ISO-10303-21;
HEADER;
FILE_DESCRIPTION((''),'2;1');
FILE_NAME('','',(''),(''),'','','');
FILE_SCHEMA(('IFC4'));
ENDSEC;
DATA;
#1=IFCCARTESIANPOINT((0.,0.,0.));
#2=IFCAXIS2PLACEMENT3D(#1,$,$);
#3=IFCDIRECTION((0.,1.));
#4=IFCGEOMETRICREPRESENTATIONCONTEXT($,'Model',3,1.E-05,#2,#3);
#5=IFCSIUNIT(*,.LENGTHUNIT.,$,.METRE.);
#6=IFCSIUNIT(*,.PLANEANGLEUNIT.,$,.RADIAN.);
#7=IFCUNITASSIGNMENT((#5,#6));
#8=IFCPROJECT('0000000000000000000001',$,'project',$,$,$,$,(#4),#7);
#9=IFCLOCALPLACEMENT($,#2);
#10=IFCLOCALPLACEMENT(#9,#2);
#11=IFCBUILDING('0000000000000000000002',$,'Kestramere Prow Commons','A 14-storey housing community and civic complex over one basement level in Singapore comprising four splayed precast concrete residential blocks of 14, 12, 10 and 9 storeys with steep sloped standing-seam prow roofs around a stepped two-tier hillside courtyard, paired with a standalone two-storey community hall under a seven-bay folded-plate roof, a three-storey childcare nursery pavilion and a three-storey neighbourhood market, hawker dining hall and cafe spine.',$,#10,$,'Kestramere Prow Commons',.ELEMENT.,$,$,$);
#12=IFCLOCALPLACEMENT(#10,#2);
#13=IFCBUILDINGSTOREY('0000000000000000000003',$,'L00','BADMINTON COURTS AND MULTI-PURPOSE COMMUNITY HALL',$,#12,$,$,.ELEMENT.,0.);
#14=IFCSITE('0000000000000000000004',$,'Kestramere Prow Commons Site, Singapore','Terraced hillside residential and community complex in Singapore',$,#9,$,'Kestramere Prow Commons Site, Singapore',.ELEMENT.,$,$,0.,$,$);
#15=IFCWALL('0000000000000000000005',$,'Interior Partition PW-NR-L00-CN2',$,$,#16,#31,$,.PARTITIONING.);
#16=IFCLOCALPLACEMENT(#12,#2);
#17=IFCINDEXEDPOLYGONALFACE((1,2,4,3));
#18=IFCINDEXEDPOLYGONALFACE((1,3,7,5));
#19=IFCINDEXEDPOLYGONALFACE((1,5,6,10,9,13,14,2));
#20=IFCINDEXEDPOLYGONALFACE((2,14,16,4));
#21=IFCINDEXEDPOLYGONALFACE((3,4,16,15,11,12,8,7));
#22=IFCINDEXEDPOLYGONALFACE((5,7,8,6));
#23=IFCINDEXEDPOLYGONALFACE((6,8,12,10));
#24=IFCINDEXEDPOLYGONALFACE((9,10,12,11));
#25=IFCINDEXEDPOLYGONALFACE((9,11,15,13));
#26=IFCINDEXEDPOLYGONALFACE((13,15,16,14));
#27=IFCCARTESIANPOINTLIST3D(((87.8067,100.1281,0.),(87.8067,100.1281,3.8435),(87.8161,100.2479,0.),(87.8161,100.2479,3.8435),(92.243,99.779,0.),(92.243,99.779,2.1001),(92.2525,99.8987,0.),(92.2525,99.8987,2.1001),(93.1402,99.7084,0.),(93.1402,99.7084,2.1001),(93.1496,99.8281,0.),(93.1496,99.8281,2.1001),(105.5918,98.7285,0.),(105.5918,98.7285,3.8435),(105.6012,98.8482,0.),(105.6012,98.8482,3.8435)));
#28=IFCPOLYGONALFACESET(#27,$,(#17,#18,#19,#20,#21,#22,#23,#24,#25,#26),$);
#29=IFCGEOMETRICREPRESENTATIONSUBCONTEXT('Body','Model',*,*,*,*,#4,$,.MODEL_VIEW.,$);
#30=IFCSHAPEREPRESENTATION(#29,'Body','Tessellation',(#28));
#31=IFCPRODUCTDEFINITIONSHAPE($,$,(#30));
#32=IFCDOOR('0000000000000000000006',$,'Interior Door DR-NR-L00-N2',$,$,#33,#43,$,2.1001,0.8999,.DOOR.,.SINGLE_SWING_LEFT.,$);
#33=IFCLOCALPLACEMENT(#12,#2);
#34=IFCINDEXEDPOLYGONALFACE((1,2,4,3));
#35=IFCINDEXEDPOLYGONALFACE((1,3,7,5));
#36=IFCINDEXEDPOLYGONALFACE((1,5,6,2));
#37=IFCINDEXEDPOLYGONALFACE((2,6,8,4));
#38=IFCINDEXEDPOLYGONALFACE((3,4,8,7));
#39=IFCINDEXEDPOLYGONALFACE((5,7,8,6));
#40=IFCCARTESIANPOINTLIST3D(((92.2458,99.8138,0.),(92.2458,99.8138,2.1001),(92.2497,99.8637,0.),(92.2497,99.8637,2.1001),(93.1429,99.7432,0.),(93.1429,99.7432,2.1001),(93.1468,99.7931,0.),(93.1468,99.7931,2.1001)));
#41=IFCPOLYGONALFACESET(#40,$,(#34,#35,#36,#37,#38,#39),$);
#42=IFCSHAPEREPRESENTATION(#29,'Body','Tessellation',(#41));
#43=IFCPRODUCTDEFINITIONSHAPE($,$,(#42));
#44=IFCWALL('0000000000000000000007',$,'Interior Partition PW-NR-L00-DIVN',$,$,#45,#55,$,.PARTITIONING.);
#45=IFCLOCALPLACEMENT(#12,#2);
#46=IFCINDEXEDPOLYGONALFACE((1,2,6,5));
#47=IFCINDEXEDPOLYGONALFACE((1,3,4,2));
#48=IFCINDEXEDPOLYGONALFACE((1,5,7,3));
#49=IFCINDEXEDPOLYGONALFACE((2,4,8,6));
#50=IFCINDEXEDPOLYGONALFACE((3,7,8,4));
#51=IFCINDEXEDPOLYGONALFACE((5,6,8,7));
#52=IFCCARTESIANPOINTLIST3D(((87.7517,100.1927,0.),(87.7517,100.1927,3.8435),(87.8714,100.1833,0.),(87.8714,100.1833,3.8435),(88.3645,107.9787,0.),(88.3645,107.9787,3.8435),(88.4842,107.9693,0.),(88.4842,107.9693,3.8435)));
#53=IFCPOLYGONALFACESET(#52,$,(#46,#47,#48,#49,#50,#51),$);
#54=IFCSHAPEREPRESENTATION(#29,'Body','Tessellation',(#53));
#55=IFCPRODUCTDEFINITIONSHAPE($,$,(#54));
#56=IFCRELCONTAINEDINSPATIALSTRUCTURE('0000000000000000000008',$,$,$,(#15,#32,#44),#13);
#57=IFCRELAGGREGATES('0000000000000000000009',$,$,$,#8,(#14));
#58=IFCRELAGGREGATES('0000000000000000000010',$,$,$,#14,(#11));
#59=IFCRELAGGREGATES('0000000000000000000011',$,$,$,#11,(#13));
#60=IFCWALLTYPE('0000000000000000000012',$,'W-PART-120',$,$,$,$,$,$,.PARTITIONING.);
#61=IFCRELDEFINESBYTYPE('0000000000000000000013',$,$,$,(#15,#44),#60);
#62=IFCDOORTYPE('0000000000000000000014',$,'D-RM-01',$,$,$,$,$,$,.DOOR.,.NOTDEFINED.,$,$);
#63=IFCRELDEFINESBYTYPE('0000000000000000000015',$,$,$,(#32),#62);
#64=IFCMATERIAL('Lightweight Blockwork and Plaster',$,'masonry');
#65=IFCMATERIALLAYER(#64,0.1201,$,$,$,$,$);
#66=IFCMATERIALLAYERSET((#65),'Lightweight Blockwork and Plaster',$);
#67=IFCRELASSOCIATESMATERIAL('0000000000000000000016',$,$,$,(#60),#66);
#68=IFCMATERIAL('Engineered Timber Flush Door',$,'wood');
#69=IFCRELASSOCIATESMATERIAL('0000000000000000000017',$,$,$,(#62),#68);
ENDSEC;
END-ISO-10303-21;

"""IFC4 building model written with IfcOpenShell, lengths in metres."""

from ifc_helpers import new_model, si_unit, direction, frame, frame_2d, origin, place, context, subcontext, project, spatial, rectangle, extrude, material, layer, layer_set, type_object, element, fill, save


model = new_model("IFC4")

# Units and contexts
model_context = context("Model", 3, precision=1e-05, world=origin(), true_north=direction((0.0, 1.0)))
body_context = subcontext(model_context, "Body", "Model", "MODEL_VIEW")
ifc_project = project(units=[si_unit("LENGTHUNIT", "METRE"), si_unit("PLANEANGLEUNIT", "RADIAN")], contexts=[model_context])

# Site, building, storey
site_placement = place(None, origin())
site = spatial("IfcSite", under=ifc_project, at=site_placement, Name="Kestramere Prow Commons Site, Singapore", Description="Terraced hillside residential and community complex in Singapore", LongName="Kestramere Prow Commons Site, Singapore", CompositionType="ELEMENT", RefElevation=0.0)
building_placement = place(site_placement, origin())
building = spatial("IfcBuilding", under=site, at=building_placement, Name="Kestramere Prow Commons", Description="A 14-storey housing community and civic complex over one basement level in Singapore comprising four splayed precast concrete residential blocks of 14, 12, 10 and 9 storeys with steep sloped standing-seam prow roofs around a stepped two-tier hillside courtyard, paired with a standalone two-storey community hall under a seven-bay folded-plate roof, a three-storey childcare nursery pavilion and a three-storey neighbourhood market, hawker dining hall and cafe spine.", LongName="Kestramere Prow Commons", CompositionType="ELEMENT")
storey_placement = place(building_placement, origin())
storey = spatial("IfcBuildingStorey", under=building, at=storey_placement, Name="L00", Description="BADMINTON COURTS AND MULTI-PURPOSE COMMUNITY HALL", CompositionType="ELEMENT", Elevation=0.0)

# Wall, opening, door
ifc_material_1 = material(Name="Lightweight Blockwork and Plaster", Category="masonry")
ifc_layer_1 = layer(ifc_material_1, 0.1201)
ifc_layer_set_1 = layer_set([ifc_layer_1], Name="Lightweight Blockwork and Plaster")
wall_type = type_object("IfcWallType", Name="W-PART-120", PredefinedType="PARTITIONING", material=ifc_layer_set_1)
wall_1_placement = place(storey_placement, frame((87.8115, 100.188, 0.0), z_axis=(0.0, 0.0, 1.0), x_axis=(0.996918, -0.078456, 0.0)))
wall_1 = element("IfcWall", 1, at=wall_1_placement, inside=storey, type_object=wall_type, Name="Interior Partition PW-NR-L00-CN2", PredefinedType="PARTITIONING", context=body_context, shape_type="SweptSolid", body=[
    extrude(rectangle(XDim=17.8401, YDim=0.1201, at=frame_2d((8.9199, 0.0))), origin(), (0.0, 0.0, 1.0), 3.8435),
])
opening_placement = place(wall_1_placement, frame((4.45, 0.0, 0.0)))
opening = element("IfcOpeningElement", 2, at=opening_placement, cuts=wall_1, PredefinedType="OPENING", context=body_context, shape_type="SweptSolid", body=[
    extrude(rectangle(XDim=0.8999, YDim=2.1001, at=frame_2d((0.45, 1.05))), frame((0.0, 0.075, 0.0), z_axis=(0.0, -1.0, 0.0), x_axis=(1.0, 0.0, 0.0)), (0.0, 0.0, 1.0), 0.1501),
])
ifc_material_2 = material(Name="Engineered Timber Flush Door", Category="wood")
door_type = type_object("IfcDoorType", Name="D-RM-01", OperationType="NOTDEFINED", PredefinedType="DOOR", material=ifc_material_2)
door_placement = place(opening_placement, origin())
door = element("IfcDoor", 3, at=door_placement, inside=storey, type_object=door_type, Name="Interior Door DR-NR-L00-N2", OperationType="SINGLE_SWING_LEFT", OverallHeight=2.1001, OverallWidth=0.8999, PredefinedType="DOOR", context=body_context, shape_type="SweptSolid", body=[
    extrude(rectangle(XDim=0.8999, YDim=2.1001, at=frame_2d((0.45, 1.05))), frame((0.0, 0.0249, 0.0), z_axis=(0.0, -1.0, 0.0), x_axis=(1.0, 0.0, 0.0)), (0.0, 0.0, 1.0), 0.05),
])
fill(opening, door)

# Wall
wall_2_placement = place(storey_placement, frame((87.8115, 100.188, 0.0), z_axis=(0.0, 0.0, 1.0), x_axis=(0.078463, 0.996917, 0.0)))
element("IfcWall", 4, at=wall_2_placement, inside=storey, type_object=wall_type, Name="Interior Partition PW-NR-L00-DIVN", PredefinedType="PARTITIONING", context=body_context, shape_type="SweptSolid", body=[
    extrude(rectangle(XDim=7.8101, YDim=0.1201, at=frame_2d((3.905, 0.0))), origin(), (0.0, 0.0, 1.0), 3.8435),
])

save(model, "model.ifc")
